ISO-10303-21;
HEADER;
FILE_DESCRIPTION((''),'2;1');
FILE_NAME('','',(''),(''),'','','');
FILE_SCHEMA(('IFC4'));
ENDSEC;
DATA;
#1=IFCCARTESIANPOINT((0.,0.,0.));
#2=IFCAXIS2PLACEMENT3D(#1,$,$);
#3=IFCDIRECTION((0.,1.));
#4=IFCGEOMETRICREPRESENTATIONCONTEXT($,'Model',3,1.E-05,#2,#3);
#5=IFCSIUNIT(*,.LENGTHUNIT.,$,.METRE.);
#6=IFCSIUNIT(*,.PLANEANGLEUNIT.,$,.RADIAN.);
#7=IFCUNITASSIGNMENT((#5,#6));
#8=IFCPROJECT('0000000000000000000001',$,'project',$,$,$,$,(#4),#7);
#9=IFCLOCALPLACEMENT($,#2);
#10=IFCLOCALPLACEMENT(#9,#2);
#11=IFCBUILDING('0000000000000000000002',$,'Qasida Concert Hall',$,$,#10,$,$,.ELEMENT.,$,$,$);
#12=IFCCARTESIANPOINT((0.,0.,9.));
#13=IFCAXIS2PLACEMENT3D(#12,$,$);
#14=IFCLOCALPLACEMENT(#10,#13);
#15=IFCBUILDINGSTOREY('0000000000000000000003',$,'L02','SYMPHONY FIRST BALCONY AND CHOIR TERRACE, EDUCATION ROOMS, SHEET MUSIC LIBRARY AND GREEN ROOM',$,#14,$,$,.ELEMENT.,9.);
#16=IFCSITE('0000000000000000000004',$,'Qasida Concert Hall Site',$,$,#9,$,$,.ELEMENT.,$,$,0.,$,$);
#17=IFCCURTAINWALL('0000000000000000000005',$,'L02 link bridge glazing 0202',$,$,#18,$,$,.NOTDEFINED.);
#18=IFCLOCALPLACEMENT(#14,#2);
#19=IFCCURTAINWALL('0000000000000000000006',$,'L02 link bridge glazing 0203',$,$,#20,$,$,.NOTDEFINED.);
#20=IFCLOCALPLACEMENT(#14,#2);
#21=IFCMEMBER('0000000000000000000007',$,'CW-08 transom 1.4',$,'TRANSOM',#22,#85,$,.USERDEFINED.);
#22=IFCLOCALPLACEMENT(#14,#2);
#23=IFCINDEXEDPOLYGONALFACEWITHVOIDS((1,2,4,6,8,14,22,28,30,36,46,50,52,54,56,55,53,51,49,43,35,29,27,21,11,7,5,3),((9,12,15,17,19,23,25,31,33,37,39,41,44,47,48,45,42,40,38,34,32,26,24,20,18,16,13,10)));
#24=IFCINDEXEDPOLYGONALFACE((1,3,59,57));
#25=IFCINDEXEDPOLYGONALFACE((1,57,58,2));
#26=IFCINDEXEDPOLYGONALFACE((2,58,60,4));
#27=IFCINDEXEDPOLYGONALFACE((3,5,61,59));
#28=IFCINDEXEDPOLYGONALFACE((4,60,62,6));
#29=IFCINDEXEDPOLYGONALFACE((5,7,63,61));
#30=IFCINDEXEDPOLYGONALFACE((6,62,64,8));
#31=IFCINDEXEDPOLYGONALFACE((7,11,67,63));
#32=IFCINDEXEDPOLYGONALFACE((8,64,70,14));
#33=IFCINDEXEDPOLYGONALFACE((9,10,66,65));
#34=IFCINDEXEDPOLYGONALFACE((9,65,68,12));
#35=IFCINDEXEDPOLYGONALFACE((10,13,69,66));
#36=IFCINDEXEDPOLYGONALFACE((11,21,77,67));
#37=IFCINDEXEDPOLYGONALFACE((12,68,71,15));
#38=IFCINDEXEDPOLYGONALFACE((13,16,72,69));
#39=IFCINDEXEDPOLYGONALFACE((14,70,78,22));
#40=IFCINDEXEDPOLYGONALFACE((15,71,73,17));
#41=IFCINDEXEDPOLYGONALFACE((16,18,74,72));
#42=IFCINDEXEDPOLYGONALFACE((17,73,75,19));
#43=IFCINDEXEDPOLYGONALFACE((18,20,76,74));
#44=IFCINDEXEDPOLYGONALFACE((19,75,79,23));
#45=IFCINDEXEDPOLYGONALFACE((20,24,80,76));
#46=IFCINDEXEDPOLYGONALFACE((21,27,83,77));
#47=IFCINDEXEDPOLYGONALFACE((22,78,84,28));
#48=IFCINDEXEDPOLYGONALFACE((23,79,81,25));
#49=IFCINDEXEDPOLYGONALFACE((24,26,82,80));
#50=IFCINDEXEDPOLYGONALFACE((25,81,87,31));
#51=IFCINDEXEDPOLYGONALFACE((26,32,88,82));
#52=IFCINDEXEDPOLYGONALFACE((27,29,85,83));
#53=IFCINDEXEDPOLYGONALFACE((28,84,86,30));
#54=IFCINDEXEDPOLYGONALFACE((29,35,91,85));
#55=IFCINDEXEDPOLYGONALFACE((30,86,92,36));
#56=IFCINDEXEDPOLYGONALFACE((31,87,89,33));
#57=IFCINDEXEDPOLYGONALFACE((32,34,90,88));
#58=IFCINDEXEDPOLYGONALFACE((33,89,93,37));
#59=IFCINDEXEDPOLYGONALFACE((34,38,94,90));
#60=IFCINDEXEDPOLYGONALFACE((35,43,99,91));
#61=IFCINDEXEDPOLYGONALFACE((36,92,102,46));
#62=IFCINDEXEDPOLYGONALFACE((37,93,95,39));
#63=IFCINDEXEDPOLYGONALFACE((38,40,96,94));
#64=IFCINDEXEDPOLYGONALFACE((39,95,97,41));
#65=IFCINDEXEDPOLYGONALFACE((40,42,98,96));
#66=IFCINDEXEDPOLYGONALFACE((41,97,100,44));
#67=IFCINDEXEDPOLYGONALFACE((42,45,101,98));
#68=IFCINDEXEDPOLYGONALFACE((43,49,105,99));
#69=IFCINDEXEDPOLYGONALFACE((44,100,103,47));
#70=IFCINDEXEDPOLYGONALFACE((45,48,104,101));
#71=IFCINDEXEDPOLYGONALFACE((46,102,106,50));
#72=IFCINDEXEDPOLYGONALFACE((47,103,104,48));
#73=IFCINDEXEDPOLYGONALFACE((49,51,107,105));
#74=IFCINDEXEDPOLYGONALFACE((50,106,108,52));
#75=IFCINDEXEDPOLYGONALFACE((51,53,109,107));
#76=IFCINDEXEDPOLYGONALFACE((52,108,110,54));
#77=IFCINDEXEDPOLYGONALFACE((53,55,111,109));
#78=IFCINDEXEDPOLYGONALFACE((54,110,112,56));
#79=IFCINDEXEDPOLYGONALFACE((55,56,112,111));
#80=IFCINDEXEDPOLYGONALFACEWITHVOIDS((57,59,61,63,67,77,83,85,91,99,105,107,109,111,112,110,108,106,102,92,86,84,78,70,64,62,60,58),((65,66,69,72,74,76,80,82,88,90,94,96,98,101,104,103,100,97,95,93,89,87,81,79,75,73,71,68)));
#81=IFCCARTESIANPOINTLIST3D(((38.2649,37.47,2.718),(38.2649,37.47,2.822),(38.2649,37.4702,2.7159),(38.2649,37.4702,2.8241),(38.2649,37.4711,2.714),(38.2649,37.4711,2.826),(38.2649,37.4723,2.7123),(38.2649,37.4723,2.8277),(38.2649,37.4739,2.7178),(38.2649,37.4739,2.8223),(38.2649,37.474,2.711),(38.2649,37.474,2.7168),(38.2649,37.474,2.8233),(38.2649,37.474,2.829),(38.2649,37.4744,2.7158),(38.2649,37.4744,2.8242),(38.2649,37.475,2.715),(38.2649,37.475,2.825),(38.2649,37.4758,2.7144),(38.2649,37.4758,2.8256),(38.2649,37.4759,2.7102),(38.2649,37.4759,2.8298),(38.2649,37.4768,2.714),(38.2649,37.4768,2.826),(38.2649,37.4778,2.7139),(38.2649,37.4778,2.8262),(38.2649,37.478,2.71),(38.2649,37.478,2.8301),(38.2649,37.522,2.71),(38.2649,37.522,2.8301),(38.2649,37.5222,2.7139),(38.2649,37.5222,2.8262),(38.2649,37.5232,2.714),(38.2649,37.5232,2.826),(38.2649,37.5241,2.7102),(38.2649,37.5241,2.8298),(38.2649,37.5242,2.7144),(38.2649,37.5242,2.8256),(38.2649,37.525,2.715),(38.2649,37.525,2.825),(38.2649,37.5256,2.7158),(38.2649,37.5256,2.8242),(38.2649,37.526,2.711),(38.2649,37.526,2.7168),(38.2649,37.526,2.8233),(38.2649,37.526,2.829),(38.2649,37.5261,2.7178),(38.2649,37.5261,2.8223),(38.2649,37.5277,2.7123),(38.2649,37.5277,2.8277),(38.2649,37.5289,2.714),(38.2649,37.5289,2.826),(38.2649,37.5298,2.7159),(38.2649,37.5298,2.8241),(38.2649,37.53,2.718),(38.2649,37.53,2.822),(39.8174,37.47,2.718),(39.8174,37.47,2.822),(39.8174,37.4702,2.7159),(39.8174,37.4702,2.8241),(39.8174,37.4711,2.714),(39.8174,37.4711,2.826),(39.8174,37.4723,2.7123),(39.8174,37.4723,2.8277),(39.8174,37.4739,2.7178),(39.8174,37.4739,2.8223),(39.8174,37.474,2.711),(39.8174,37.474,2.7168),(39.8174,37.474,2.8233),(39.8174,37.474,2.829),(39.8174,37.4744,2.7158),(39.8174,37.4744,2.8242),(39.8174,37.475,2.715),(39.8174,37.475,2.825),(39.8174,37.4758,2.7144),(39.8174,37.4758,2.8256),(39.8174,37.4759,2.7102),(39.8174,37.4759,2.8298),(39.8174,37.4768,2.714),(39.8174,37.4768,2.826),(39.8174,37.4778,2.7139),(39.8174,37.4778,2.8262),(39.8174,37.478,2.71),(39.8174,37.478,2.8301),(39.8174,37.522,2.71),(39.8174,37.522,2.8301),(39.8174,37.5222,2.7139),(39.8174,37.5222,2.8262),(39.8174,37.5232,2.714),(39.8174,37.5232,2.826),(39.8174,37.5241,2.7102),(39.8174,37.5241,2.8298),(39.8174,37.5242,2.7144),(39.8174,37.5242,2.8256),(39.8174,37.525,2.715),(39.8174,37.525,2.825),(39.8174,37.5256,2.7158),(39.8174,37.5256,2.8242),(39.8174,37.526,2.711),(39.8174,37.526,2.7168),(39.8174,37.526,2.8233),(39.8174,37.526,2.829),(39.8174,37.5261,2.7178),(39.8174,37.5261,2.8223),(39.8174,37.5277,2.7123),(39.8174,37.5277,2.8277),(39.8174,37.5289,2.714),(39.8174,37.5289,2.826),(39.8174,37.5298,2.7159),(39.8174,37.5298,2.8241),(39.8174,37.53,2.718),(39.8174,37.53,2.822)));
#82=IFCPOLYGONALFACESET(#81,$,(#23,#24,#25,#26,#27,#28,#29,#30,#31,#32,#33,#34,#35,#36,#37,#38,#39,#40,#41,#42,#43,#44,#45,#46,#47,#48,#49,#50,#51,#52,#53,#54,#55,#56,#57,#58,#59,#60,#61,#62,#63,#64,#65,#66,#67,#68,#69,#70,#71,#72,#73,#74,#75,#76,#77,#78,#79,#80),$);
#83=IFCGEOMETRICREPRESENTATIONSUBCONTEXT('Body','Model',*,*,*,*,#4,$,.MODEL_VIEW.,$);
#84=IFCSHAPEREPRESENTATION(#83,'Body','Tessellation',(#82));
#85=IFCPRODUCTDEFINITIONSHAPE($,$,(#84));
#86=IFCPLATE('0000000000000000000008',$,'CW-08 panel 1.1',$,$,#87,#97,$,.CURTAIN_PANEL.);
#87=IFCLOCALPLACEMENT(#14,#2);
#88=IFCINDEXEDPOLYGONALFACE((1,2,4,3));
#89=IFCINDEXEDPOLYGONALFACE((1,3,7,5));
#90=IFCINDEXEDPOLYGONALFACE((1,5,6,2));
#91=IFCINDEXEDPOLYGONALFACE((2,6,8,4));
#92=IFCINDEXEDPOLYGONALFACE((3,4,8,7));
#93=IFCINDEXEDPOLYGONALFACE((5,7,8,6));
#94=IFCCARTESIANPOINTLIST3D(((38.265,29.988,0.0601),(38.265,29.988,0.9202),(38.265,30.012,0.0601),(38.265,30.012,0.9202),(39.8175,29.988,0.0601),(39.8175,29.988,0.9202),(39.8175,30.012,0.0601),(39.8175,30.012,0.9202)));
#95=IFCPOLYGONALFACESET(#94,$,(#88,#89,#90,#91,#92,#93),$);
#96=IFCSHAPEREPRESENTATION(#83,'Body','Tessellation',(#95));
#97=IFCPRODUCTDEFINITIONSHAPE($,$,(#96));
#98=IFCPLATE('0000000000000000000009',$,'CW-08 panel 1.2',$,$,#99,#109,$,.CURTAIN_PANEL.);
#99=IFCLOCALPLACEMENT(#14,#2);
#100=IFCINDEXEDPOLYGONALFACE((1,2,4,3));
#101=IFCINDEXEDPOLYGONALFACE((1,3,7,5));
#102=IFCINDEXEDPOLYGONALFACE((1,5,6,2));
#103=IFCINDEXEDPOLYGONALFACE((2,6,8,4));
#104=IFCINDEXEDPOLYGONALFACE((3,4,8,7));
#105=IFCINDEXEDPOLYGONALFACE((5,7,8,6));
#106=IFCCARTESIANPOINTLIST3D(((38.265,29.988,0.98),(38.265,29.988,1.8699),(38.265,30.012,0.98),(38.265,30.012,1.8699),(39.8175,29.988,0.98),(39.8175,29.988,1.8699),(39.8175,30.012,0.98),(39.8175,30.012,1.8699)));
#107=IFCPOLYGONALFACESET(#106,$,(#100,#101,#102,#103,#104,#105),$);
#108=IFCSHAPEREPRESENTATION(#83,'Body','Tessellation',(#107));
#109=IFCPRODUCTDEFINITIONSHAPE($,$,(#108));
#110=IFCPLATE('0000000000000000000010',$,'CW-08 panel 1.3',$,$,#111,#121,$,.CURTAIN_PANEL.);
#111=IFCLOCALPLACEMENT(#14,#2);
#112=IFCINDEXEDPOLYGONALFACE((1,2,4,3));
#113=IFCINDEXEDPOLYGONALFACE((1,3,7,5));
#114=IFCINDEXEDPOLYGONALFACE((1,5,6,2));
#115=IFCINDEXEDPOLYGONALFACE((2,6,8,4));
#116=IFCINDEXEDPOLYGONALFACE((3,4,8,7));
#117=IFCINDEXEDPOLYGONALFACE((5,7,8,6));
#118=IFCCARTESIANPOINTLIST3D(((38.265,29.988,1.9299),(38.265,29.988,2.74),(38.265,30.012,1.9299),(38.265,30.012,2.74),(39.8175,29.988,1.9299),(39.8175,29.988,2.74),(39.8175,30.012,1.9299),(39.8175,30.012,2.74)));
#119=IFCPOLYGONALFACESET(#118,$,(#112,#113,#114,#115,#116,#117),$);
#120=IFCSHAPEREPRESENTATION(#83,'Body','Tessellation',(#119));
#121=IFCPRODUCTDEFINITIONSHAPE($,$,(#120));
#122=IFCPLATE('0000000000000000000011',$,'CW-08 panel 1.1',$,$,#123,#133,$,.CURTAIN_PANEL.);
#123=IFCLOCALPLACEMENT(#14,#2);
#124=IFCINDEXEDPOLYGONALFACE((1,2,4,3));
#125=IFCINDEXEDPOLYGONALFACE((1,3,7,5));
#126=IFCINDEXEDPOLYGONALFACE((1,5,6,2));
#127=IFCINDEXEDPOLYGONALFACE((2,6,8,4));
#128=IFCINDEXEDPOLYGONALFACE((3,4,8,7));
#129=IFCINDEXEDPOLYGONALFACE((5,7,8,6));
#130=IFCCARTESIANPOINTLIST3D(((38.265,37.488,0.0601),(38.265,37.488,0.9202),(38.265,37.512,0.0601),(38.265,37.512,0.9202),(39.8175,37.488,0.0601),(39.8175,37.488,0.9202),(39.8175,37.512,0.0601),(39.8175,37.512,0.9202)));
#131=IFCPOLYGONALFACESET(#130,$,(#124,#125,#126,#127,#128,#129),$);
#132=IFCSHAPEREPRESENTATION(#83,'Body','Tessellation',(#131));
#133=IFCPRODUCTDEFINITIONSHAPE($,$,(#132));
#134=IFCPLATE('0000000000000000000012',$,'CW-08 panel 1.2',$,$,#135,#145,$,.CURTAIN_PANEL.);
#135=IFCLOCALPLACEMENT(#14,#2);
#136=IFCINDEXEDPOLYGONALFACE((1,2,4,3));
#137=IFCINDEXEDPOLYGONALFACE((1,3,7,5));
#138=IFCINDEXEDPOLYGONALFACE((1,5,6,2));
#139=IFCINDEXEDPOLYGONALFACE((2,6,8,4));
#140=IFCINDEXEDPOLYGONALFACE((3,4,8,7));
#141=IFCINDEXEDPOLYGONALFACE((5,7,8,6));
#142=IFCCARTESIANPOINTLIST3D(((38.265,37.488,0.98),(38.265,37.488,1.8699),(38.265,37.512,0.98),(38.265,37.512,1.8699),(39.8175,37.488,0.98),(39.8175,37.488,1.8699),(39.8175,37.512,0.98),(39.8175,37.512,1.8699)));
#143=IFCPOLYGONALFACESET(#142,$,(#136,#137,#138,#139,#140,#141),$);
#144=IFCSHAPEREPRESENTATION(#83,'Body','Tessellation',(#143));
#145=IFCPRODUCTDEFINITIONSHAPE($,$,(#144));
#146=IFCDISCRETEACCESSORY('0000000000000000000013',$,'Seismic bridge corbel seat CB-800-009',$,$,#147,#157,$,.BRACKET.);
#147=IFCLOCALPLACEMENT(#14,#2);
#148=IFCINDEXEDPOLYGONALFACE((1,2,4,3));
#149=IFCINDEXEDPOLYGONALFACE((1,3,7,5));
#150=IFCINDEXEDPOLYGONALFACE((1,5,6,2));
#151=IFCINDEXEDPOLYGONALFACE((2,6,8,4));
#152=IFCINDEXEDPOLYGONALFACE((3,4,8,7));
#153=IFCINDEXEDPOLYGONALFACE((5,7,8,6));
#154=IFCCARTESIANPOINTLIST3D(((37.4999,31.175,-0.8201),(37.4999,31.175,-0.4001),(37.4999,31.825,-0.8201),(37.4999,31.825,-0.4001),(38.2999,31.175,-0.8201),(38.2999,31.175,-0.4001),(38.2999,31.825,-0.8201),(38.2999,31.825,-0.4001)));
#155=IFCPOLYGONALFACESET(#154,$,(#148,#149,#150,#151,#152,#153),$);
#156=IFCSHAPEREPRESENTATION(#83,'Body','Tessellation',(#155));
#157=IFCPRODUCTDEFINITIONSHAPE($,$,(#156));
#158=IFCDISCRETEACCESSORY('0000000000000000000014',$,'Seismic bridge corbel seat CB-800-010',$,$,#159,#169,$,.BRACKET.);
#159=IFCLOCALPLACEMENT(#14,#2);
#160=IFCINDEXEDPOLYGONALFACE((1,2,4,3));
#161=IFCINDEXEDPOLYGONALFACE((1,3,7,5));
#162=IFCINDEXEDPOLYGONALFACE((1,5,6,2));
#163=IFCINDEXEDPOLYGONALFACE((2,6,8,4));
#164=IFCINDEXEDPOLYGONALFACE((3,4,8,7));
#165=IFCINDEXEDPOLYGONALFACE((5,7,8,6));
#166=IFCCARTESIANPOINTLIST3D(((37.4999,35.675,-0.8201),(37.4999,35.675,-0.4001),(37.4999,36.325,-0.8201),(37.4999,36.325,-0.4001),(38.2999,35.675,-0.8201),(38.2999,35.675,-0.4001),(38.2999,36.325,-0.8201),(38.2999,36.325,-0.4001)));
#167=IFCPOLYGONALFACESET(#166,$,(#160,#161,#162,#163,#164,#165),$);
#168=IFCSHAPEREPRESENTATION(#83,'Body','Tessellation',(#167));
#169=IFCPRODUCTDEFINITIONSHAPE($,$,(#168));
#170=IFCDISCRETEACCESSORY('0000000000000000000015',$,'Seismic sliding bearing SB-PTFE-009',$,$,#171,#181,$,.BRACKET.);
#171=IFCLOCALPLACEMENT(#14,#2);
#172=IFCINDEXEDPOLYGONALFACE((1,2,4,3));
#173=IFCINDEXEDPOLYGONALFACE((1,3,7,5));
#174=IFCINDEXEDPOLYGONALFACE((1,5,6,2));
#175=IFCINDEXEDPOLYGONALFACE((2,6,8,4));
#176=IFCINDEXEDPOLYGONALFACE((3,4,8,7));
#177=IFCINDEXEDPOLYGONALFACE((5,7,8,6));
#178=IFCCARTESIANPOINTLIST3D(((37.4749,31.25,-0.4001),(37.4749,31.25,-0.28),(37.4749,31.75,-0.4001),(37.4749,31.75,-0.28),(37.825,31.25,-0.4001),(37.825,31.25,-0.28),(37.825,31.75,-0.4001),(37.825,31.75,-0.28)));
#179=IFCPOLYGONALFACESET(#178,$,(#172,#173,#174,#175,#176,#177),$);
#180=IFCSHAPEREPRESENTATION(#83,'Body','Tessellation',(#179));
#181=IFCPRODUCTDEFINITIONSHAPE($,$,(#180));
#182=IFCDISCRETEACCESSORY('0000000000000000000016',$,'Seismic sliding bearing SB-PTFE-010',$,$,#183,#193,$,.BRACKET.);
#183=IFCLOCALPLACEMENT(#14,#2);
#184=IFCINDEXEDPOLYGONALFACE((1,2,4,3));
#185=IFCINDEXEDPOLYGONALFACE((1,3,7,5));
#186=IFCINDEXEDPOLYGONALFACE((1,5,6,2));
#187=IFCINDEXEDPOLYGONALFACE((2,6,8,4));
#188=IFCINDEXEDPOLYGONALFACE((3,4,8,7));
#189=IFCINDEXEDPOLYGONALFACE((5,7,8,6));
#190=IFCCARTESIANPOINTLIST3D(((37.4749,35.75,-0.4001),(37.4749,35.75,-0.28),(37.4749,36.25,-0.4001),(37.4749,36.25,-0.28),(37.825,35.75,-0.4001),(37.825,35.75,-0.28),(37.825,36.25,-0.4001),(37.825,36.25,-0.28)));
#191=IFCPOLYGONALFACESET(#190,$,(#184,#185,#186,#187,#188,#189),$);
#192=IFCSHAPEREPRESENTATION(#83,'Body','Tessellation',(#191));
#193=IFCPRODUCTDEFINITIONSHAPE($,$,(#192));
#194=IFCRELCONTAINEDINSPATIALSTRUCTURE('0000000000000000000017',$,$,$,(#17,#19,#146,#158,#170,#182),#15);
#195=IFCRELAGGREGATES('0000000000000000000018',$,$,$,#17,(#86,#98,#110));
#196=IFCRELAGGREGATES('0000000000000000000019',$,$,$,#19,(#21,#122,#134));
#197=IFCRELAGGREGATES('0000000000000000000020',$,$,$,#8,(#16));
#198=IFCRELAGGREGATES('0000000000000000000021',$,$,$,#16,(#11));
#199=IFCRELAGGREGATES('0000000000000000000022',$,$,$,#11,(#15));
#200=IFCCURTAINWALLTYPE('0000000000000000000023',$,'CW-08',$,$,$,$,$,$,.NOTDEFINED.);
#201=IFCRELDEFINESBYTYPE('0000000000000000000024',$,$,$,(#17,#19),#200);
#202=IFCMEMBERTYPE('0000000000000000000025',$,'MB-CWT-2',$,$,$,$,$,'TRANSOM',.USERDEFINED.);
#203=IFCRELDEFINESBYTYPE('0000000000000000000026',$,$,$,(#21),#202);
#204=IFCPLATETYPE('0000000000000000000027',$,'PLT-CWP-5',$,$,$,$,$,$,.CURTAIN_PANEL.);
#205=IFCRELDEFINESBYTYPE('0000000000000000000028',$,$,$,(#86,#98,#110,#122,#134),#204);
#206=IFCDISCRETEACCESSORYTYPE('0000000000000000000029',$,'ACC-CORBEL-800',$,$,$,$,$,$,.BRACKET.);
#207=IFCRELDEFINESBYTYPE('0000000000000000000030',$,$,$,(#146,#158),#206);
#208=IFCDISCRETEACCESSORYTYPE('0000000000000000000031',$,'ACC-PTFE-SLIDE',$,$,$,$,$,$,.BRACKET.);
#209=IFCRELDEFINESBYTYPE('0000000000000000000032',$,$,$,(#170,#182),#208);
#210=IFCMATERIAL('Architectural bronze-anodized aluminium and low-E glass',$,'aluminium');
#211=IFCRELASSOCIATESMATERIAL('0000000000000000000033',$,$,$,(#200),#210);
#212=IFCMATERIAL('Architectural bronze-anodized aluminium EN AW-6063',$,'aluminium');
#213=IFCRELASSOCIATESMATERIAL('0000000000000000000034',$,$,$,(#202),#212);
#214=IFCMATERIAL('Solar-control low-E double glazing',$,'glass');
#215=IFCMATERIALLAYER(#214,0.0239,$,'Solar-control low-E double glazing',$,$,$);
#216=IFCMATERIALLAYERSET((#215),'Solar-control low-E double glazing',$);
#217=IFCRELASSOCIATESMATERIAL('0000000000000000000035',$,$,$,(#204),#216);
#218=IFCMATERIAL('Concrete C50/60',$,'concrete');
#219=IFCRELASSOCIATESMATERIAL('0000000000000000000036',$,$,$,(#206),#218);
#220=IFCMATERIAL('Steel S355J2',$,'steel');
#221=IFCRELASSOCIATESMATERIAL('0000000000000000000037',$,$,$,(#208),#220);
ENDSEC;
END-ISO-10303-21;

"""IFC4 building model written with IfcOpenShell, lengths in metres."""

from ifc_helpers import new_model, si_unit, direction, frame, origin, origin_2d, place, context, subcontext, project, spatial, rectangle, hollow_rectangle, extrude, material, layer, layer_set, material_profile, profile_set, type_object, element, aggregate, save


model = new_model("IFC4")

# Units and contexts
model_context = context("Model", 3, precision=1e-05, world=origin(), true_north=direction((0.0, 1.0)))
body_context = subcontext(model_context, "Body", "Model", "MODEL_VIEW")
ifc_project = project(units=[si_unit("LENGTHUNIT", "METRE"), si_unit("PLANEANGLEUNIT", "RADIAN")], contexts=[model_context])

# Site, building, storey
site_placement = place(None, origin())
site = spatial("IfcSite", under=ifc_project, at=site_placement, Name="Qasida Concert Hall Site", CompositionType="ELEMENT", RefElevation=0.0)
building_placement = place(site_placement, origin())
building = spatial("IfcBuilding", under=site, at=building_placement, Name="Qasida Concert Hall", CompositionType="ELEMENT")
storey_placement = place(building_placement, frame((0.0, 0.0, 9.0)))
storey = spatial("IfcBuildingStorey", under=building, at=storey_placement, Name="L02", Description="SYMPHONY FIRST BALCONY AND CHOIR TERRACE, EDUCATION ROOMS, SHEET MUSIC LIBRARY AND GREEN ROOM", CompositionType="ELEMENT", Elevation=9.0)

# Shared definitions
ifc_material_1 = material(Name="Concrete C50/60", Category="concrete")

# Shared definitions
ifc_material_2 = material(Name="Steel S355J2", Category="steel")

# Curtain walls
ifc_material_3 = material(Name="Architectural bronze-anodized aluminium and low-E glass", Category="aluminium")
curtain_wall_type = type_object("IfcCurtainWallType", Name="CW-08", PredefinedType="NOTDEFINED", material=ifc_material_3)
curtain_wall_1_placement = place(storey_placement, origin())
curtain_wall_1 = element("IfcCurtainWall", 1, at=curtain_wall_1_placement, inside=storey, type_object=curtain_wall_type, Name="L02 link bridge glazing 0202", PredefinedType="NOTDEFINED")
ifc_material_4 = material(Name="Architectural bronze-anodized aluminium EN AW-6063", Category="aluminium")
curtain_wall_2_placement = place(storey_placement, origin())
curtain_wall_2 = element("IfcCurtainWall", 2, at=curtain_wall_2_placement, inside=storey, type_object=curtain_wall_type, Name="L02 link bridge glazing 0203", PredefinedType="NOTDEFINED")

# Member
ifc_material_profile_1 = material_profile(ifc_material_4, hollow_rectangle(XDim=0.0601, YDim=0.1201, WallThickness=0.0039, InnerFilletRadius=0.0039, OuterFilletRadius=0.0081, at=origin_2d()), Name="CWT 120x60x4")
ifc_profile_set_1 = profile_set([ifc_material_profile_1], Name="Architectural bronze-anodized aluminium EN AW-6063")
member_type_1 = type_object("IfcMemberType", Name="MB-CWT-2", ElementType="TRANSOM", PredefinedType="USERDEFINED", material=ifc_profile_set_1)
member_1_placement = place(storey_placement, frame((38.2649, 37.5, 2.77), z_axis=(1.0, 0.0, 0.0), x_axis=(0.0, 1.0, 0.0)))
member_1 = element("IfcMember", 3, at=member_1_placement, type_object=member_type_1, Name="CW-08 transom 1.4", ObjectType="TRANSOM", PredefinedType="USERDEFINED", context=body_context, shape_type="SweptSolid", body=[
    extrude(hollow_rectangle(XDim=0.0601, YDim=0.1201, WallThickness=0.0039, InnerFilletRadius=0.0039, OuterFilletRadius=0.0081, at=origin_2d()), origin(), (0.0, 0.0, 1.0), 1.5525),
])

# Plates
ifc_material_5 = material(Name="Solar-control low-E double glazing", Category="glass")
ifc_layer_1 = layer(ifc_material_5, 0.0239, Name="Solar-control low-E double glazing")
ifc_layer_set_1 = layer_set([ifc_layer_1], Name="Solar-control low-E double glazing")
plate_type = type_object("IfcPlateType", Name="PLT-CWP-5", PredefinedType="CURTAIN_PANEL", material=ifc_layer_set_1)
plate_1_placement = place(storey_placement, frame((39.0413, 30.0, 0.0601), z_axis=(0.0, 0.0, 1.0), x_axis=(1.0, 0.0, 0.0)))
plate_1 = element("IfcPlate", 4, at=plate_1_placement, type_object=plate_type, Name="CW-08 panel 1.1", PredefinedType="CURTAIN_PANEL", context=body_context, shape_type="SweptSolid", body=[
    extrude(rectangle(XDim=1.5525, YDim=0.0239, at=origin_2d()), origin(), (0.0, 0.0, 1.0), 0.8601),
])
plate_2_placement = place(storey_placement, frame((39.0413, 30.0, 0.98), z_axis=(0.0, 0.0, 1.0), x_axis=(1.0, 0.0, 0.0)))
plate_2 = element("IfcPlate", 5, at=plate_2_placement, type_object=plate_type, Name="CW-08 panel 1.2", PredefinedType="CURTAIN_PANEL", context=body_context, shape_type="SweptSolid", body=[
    extrude(rectangle(XDim=1.5525, YDim=0.0239, at=origin_2d()), origin(), (0.0, 0.0, 1.0), 0.8899),
])
plate_3_placement = place(storey_placement, frame((39.0413, 30.0, 1.9299), z_axis=(0.0, 0.0, 1.0), x_axis=(1.0, 0.0, 0.0)))
plate_3 = element("IfcPlate", 6, at=plate_3_placement, type_object=plate_type, Name="CW-08 panel 1.3", PredefinedType="CURTAIN_PANEL", context=body_context, shape_type="SweptSolid", body=[
    extrude(rectangle(XDim=1.5525, YDim=0.0239, at=origin_2d()), origin(), (0.0, 0.0, 1.0), 0.8101),
])
aggregate(curtain_wall_1, [plate_1, plate_2, plate_3])
plate_4_placement = place(storey_placement, frame((39.0413, 37.5, 0.0601), z_axis=(0.0, 0.0, 1.0), x_axis=(1.0, 0.0, 0.0)))
plate_4 = element("IfcPlate", 7, at=plate_4_placement, type_object=plate_type, Name="CW-08 panel 1.1", PredefinedType="CURTAIN_PANEL", context=body_context, shape_type="SweptSolid", body=[
    extrude(rectangle(XDim=1.5525, YDim=0.0239, at=origin_2d()), origin(), (0.0, 0.0, 1.0), 0.8601),
])
plate_5_placement = place(storey_placement, frame((39.0413, 37.5, 0.98), z_axis=(0.0, 0.0, 1.0), x_axis=(1.0, 0.0, 0.0)))
plate_5 = element("IfcPlate", 8, at=plate_5_placement, type_object=plate_type, Name="CW-08 panel 1.2", PredefinedType="CURTAIN_PANEL", context=body_context, shape_type="SweptSolid", body=[
    extrude(rectangle(XDim=1.5525, YDim=0.0239, at=origin_2d()), origin(), (0.0, 0.0, 1.0), 0.8899),
])
aggregate(curtain_wall_2, [member_1, plate_4, plate_5])

# Discrete accessories
discrete_accessory_type_1 = type_object("IfcDiscreteAccessoryType", Name="ACC-CORBEL-800", PredefinedType="BRACKET", material=ifc_material_1)
for number, where, z_axis, x_axis, name in (
    (9, (37.8999, 31.5, -0.8201), (0.0, 0.0, 1.0), (1.0, 0.0, 0.0), "Seismic bridge corbel seat CB-800-009"),
    (10, (37.8999, 36.0, -0.8201), (0.0, 0.0, 1.0), (1.0, 0.0, 0.0), "Seismic bridge corbel seat CB-800-010"),
):
    element("IfcDiscreteAccessory", number, at=place(storey_placement, frame(where, z_axis=z_axis, x_axis=x_axis)), inside=storey, type_object=discrete_accessory_type_1, Name=name, PredefinedType="BRACKET", context=body_context, shape_type="SweptSolid", body=[
        extrude(rectangle(XDim=0.8, YDim=0.6499, at=origin_2d()), origin(), (0.0, 0.0, 1.0), 0.4199),
    ])
discrete_accessory_type_2 = type_object("IfcDiscreteAccessoryType", Name="ACC-PTFE-SLIDE", PredefinedType="BRACKET", material=ifc_material_2)
for number, where, z_axis, x_axis, name in (
    (11, (37.6499, 31.5, -0.4001), (0.0, 0.0, 1.0), (1.0, 0.0, 0.0), "Seismic sliding bearing SB-PTFE-009"),
    (12, (37.6499, 36.0, -0.4001), (0.0, 0.0, 1.0), (1.0, 0.0, 0.0), "Seismic sliding bearing SB-PTFE-010"),
):
    element("IfcDiscreteAccessory", number, at=place(storey_placement, frame(where, z_axis=z_axis, x_axis=x_axis)), inside=storey, type_object=discrete_accessory_type_2, Name=name, PredefinedType="BRACKET", context=body_context, shape_type="SweptSolid", body=[
        extrude(rectangle(XDim=0.3501, YDim=0.5, at=origin_2d()), origin(), (0.0, 0.0, 1.0), 0.1201),
    ])

save(model, "model.ifc")
